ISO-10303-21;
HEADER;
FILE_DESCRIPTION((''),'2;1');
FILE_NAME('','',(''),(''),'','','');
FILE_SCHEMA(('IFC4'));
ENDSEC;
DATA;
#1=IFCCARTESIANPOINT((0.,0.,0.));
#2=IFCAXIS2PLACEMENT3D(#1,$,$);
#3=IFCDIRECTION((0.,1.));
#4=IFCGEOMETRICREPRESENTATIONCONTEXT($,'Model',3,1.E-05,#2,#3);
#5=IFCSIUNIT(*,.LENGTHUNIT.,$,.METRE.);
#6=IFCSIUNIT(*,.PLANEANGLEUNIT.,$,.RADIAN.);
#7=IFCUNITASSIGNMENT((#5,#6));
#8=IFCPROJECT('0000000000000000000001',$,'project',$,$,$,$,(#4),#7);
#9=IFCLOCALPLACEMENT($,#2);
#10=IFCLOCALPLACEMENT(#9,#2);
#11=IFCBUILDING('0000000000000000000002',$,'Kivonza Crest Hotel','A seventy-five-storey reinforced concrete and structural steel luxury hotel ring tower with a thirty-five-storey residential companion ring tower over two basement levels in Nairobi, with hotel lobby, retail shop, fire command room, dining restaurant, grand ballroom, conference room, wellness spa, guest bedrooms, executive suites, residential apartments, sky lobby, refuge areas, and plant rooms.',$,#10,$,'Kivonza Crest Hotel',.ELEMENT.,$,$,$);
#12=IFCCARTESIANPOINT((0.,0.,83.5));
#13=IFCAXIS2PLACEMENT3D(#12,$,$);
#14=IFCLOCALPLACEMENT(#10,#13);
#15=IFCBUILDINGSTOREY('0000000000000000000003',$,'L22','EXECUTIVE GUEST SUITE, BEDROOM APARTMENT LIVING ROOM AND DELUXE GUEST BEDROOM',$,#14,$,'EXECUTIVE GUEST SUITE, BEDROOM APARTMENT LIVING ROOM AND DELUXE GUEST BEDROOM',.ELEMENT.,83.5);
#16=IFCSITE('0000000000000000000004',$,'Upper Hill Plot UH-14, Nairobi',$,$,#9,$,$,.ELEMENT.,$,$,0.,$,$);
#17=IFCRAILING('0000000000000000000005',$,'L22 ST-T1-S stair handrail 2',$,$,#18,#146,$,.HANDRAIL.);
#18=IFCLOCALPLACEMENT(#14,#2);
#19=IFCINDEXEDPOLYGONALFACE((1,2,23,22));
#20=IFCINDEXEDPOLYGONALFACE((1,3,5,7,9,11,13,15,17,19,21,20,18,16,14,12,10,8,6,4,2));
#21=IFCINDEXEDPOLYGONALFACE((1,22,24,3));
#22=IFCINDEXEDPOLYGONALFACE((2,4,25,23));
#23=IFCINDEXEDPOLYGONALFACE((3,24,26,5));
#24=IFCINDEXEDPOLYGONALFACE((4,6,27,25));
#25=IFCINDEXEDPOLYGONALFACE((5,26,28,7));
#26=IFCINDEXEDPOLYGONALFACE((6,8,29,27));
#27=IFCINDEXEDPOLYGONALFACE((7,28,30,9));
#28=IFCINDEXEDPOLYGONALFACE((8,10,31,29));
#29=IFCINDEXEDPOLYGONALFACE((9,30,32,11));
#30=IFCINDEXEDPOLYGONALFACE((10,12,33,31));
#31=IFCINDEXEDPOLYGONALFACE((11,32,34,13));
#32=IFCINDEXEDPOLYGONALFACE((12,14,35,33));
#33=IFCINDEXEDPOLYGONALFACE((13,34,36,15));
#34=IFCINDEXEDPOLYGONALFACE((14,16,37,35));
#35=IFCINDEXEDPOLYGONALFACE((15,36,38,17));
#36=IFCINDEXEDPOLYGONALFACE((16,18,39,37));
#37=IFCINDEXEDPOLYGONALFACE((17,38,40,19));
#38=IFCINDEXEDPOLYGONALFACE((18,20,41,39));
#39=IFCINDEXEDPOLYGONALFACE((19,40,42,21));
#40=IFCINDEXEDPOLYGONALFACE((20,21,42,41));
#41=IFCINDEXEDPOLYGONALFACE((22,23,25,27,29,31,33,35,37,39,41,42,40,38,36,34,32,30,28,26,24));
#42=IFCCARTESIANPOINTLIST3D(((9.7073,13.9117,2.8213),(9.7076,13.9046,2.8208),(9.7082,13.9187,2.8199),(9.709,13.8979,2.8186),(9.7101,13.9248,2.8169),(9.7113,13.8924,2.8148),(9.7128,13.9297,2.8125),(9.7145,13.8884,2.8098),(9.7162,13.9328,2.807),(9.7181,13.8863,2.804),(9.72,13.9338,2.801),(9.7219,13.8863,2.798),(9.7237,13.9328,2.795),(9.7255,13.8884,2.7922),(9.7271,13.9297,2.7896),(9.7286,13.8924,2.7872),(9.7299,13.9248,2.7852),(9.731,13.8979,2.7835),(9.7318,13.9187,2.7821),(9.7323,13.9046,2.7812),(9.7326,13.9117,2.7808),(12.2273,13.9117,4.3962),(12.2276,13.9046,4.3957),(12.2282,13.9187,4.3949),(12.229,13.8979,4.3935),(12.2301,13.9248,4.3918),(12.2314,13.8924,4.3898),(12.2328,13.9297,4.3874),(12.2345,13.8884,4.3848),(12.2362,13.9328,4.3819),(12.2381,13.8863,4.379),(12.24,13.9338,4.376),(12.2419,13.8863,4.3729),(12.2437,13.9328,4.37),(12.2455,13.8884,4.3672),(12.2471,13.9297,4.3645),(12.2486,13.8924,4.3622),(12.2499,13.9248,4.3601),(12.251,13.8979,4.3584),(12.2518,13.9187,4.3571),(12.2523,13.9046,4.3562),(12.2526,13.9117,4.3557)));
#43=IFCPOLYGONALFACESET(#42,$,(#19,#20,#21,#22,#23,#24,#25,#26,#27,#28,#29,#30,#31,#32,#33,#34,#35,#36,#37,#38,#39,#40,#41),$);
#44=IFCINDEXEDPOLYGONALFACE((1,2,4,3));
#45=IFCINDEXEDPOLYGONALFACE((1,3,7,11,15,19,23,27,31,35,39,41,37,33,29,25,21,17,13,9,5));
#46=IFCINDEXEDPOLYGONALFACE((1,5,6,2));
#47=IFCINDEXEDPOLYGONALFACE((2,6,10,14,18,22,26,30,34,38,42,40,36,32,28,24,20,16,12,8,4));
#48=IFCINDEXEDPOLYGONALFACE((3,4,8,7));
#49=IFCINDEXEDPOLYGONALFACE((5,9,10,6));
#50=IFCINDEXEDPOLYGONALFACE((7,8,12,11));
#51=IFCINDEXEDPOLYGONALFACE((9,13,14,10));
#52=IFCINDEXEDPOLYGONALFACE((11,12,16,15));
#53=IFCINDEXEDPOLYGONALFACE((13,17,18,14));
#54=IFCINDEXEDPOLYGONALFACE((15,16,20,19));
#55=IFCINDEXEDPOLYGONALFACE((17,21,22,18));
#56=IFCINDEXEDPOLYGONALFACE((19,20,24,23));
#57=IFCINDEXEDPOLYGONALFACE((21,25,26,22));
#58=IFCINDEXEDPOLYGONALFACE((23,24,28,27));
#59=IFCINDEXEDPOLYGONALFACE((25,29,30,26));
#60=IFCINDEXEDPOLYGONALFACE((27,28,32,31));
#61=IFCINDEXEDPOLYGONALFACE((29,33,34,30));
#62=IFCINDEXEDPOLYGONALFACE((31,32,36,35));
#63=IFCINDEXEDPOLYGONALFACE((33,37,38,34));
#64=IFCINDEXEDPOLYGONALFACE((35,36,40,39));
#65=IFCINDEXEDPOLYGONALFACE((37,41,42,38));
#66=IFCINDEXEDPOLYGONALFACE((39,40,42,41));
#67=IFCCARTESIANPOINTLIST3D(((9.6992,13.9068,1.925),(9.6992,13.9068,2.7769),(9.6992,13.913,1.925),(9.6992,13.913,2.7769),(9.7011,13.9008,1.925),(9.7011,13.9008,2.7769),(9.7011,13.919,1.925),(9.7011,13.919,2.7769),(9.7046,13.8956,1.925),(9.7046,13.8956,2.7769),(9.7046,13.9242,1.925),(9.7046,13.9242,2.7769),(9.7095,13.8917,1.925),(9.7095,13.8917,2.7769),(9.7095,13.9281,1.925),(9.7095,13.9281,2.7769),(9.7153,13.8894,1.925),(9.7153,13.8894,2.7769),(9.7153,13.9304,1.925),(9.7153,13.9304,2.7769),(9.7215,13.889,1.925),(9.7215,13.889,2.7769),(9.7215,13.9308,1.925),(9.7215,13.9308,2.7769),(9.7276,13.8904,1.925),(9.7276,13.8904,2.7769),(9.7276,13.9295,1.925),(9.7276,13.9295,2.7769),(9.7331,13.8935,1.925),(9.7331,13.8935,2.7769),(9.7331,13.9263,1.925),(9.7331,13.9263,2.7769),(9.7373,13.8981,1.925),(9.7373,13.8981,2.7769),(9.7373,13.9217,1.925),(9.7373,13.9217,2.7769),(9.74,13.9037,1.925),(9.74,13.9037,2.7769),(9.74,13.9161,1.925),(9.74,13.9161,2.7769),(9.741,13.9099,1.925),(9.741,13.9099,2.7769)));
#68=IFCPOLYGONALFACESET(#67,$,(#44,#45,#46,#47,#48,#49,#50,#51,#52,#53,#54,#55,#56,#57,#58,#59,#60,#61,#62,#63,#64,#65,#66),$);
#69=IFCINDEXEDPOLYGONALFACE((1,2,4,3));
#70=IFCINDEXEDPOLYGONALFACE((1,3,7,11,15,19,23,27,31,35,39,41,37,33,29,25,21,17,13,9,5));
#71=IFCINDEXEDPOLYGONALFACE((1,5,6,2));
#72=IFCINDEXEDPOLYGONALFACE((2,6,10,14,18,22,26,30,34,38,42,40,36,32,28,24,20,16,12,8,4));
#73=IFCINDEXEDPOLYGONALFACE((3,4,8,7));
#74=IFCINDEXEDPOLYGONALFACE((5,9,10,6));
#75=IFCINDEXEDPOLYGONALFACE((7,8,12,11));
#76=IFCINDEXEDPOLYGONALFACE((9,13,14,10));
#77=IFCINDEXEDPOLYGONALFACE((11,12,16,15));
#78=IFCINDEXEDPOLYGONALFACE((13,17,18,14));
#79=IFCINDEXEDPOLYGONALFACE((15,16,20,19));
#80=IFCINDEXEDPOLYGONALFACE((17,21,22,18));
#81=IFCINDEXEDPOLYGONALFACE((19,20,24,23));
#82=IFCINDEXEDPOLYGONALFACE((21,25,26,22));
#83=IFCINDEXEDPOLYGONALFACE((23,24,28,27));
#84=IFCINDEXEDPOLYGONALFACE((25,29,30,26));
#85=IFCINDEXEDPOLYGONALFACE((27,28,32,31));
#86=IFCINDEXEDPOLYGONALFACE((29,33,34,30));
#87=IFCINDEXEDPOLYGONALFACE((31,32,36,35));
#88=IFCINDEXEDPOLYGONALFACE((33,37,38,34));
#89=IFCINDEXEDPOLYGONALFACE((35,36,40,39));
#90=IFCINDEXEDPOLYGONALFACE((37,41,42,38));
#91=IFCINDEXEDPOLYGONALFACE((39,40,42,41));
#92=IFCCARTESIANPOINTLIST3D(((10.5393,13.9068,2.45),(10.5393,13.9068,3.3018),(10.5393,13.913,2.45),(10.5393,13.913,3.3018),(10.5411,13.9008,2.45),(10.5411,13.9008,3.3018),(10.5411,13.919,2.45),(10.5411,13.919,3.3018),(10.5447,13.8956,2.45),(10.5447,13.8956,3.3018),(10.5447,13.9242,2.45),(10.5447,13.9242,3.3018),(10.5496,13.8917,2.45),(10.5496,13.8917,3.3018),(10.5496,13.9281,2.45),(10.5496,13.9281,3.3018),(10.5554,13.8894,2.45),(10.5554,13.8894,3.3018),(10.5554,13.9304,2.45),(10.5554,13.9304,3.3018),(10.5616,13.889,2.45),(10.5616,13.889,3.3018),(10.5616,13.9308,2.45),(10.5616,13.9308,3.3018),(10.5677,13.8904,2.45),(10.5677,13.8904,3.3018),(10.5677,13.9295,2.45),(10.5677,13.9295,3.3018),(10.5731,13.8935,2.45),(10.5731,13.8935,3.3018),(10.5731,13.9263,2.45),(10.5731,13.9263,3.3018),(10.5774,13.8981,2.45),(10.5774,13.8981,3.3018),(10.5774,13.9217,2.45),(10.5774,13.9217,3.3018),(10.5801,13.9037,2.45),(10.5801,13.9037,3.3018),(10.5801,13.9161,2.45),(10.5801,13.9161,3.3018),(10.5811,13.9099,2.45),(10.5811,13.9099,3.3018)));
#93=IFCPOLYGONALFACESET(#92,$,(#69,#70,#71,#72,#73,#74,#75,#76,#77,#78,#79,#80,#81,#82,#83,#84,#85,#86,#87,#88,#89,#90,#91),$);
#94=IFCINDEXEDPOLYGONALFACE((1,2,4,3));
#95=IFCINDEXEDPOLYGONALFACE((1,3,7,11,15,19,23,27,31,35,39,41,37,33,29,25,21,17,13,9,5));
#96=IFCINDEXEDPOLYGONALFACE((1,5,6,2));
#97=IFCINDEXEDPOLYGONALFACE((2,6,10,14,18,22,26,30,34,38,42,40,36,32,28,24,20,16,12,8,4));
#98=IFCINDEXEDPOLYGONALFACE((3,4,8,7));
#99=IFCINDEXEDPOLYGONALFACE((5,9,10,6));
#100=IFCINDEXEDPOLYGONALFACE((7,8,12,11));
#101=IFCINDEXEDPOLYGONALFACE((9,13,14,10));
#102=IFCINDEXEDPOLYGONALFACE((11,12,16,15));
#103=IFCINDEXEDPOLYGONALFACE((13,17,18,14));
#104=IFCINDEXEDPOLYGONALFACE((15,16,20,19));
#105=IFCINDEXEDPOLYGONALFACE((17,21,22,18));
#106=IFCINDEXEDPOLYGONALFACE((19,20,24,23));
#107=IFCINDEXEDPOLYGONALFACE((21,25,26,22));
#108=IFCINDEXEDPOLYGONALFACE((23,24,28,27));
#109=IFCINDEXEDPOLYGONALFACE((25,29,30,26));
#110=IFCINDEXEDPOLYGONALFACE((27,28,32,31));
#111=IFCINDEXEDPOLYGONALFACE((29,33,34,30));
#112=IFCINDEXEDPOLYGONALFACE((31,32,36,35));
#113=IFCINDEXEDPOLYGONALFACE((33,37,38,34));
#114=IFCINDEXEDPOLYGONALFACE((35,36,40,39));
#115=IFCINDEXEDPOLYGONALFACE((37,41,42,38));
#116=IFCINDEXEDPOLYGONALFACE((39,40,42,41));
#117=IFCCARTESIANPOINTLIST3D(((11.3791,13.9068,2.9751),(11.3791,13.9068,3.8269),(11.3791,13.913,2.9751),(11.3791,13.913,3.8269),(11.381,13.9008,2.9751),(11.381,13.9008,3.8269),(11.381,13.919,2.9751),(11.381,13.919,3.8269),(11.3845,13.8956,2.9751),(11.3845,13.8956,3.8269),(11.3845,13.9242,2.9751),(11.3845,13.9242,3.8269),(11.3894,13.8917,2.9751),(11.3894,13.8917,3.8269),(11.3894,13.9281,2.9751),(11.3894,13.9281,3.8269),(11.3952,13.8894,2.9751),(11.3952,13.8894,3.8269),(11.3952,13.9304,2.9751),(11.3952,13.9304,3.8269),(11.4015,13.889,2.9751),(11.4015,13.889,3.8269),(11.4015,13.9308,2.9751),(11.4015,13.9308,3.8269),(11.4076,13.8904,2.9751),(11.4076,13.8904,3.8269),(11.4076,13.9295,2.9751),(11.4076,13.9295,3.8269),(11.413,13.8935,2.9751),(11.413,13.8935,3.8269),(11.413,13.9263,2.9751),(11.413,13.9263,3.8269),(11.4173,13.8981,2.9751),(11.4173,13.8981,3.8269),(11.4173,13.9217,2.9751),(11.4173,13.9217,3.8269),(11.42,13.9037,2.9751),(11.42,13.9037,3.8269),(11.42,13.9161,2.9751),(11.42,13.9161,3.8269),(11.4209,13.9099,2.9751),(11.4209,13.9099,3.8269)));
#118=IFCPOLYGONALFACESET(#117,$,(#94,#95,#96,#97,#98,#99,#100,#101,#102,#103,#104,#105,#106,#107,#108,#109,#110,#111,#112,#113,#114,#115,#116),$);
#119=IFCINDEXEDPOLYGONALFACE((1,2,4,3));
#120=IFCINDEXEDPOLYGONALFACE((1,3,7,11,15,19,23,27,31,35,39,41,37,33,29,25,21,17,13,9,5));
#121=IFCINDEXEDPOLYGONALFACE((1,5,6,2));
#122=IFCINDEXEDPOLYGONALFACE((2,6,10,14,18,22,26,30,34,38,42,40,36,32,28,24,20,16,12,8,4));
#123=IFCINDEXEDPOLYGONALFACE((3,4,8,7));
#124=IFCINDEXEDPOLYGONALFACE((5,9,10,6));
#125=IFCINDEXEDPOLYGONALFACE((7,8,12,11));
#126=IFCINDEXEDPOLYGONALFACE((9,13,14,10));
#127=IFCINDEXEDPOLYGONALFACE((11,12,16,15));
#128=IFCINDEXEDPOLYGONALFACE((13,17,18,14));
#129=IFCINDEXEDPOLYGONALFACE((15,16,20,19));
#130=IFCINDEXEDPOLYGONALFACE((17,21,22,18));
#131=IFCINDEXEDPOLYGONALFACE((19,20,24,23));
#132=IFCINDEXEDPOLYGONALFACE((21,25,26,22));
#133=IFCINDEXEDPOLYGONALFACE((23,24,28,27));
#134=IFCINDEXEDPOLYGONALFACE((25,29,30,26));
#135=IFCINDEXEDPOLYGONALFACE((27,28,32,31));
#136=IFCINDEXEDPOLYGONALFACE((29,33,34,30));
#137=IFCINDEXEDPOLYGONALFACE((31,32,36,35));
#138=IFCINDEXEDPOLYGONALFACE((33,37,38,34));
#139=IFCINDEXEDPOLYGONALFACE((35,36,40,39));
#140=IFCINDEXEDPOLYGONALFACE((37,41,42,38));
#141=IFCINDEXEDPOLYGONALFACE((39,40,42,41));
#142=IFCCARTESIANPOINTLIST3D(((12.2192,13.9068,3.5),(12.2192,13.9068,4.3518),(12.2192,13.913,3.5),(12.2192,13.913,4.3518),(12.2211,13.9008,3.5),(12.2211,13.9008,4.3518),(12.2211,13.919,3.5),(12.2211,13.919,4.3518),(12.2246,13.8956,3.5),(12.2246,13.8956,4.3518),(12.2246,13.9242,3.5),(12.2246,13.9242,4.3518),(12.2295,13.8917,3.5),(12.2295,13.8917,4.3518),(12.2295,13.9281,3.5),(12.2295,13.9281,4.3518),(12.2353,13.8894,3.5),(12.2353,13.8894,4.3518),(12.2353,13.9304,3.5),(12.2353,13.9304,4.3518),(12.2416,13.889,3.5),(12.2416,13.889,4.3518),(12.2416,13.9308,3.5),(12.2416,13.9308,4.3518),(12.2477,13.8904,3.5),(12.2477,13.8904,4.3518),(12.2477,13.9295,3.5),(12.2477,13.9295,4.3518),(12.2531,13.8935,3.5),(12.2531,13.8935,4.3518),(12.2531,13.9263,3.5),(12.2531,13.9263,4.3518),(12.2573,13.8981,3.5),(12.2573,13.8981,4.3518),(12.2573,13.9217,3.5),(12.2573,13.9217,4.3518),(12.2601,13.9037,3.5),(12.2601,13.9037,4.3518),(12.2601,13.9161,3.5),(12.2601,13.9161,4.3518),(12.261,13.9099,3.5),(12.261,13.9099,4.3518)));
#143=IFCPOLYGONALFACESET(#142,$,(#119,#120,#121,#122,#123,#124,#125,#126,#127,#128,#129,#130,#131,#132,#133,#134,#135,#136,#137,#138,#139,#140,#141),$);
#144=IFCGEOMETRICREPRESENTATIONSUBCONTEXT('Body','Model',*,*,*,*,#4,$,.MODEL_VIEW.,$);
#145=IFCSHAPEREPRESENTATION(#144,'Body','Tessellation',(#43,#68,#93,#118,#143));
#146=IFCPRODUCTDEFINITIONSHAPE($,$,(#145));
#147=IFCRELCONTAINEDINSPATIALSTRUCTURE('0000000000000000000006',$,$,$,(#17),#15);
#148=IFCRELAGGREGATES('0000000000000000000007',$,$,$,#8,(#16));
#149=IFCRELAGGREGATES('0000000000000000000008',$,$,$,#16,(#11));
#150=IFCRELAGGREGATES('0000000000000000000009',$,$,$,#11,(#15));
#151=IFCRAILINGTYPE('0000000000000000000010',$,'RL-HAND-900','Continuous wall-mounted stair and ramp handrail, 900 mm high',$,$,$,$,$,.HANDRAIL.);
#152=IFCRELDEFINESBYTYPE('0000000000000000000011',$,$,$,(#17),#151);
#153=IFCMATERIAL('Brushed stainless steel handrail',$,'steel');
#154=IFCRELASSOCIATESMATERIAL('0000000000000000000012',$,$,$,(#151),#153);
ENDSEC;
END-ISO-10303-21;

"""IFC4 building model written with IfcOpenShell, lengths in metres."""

from ifc_helpers import new_model, si_unit, direction, frame, origin, origin_2d, place, context, subcontext, project, spatial, circle, extrude, material, type_object, element, save


model = new_model("IFC4")

# Units and contexts
model_context = context("Model", 3, precision=1e-05, world=origin(), true_north=direction((0.0, 1.0)))
body_context = subcontext(model_context, "Body", "Model", "MODEL_VIEW")
ifc_project = project(units=[si_unit("LENGTHUNIT", "METRE"), si_unit("PLANEANGLEUNIT", "RADIAN")], contexts=[model_context])

# Site, building, storey
site_placement = place(None, origin())
site = spatial("IfcSite", under=ifc_project, at=site_placement, Name="Upper Hill Plot UH-14, Nairobi", CompositionType="ELEMENT", RefElevation=0.0)
building_placement = place(site_placement, origin())
building = spatial("IfcBuilding", under=site, at=building_placement, Name="Kivonza Crest Hotel", Description="A seventy-five-storey reinforced concrete and structural steel luxury hotel ring tower with a thirty-five-storey residential companion ring tower over two basement levels in Nairobi, with hotel lobby, retail shop, fire command room, dining restaurant, grand ballroom, conference room, wellness spa, guest bedrooms, executive suites, residential apartments, sky lobby, refuge areas, and plant rooms.", LongName="Kivonza Crest Hotel", CompositionType="ELEMENT")
storey_placement = place(building_placement, frame((0.0, 0.0, 83.5)))
storey = spatial("IfcBuildingStorey", under=building, at=storey_placement, Name="L22", Description="EXECUTIVE GUEST SUITE, BEDROOM APARTMENT LIVING ROOM AND DELUXE GUEST BEDROOM", LongName="EXECUTIVE GUEST SUITE, BEDROOM APARTMENT LIVING ROOM AND DELUXE GUEST BEDROOM", CompositionType="ELEMENT", Elevation=83.5)

# Railing
ifc_material_1 = material(Name="Brushed stainless steel handrail", Category="steel")
railing_type_1 = type_object("IfcRailingType", Name="RL-HAND-900", Description="Continuous wall-mounted stair and ramp handrail, 900 mm high", PredefinedType="HANDRAIL", material=ifc_material_1)
railing_1_placement = place(storey_placement, frame((9.72, 13.9099, 1.925)))
element("IfcRailing", 1, at=railing_1_placement, inside=storey, type_object=railing_type_1, Name="L22 ST-T1-S stair handrail 2", PredefinedType="HANDRAIL", context=body_context, shape_type="SweptSolid", body=[
    extrude(circle(Radius=0.0239, at=origin_2d()), frame((0.0, 0.0, 0.876), z_axis=(0.848008, 0.0, 0.529984), x_axis=(0.0, 1.0, 0.0)), (0.0, 0.0, 1.0), 2.9717),
    extrude(circle(Radius=0.021, at=origin_2d()), origin(), (0.0, 0.0, 1.0), 0.8518),
    extrude(circle(Radius=0.021, at=origin_2d()), frame((0.8401, 0.0, 0.5249)), (0.0, 0.0, 1.0), 0.8518),
    extrude(circle(Radius=0.021, at=origin_2d()), frame((1.6799, 0.0, 1.05)), (0.0, 0.0, 1.0), 0.8518),
    extrude(circle(Radius=0.021, at=origin_2d()), frame((2.52, 0.0, 1.575)), (0.0, 0.0, 1.0), 0.8518),
])

save(model, "model.ifc")
